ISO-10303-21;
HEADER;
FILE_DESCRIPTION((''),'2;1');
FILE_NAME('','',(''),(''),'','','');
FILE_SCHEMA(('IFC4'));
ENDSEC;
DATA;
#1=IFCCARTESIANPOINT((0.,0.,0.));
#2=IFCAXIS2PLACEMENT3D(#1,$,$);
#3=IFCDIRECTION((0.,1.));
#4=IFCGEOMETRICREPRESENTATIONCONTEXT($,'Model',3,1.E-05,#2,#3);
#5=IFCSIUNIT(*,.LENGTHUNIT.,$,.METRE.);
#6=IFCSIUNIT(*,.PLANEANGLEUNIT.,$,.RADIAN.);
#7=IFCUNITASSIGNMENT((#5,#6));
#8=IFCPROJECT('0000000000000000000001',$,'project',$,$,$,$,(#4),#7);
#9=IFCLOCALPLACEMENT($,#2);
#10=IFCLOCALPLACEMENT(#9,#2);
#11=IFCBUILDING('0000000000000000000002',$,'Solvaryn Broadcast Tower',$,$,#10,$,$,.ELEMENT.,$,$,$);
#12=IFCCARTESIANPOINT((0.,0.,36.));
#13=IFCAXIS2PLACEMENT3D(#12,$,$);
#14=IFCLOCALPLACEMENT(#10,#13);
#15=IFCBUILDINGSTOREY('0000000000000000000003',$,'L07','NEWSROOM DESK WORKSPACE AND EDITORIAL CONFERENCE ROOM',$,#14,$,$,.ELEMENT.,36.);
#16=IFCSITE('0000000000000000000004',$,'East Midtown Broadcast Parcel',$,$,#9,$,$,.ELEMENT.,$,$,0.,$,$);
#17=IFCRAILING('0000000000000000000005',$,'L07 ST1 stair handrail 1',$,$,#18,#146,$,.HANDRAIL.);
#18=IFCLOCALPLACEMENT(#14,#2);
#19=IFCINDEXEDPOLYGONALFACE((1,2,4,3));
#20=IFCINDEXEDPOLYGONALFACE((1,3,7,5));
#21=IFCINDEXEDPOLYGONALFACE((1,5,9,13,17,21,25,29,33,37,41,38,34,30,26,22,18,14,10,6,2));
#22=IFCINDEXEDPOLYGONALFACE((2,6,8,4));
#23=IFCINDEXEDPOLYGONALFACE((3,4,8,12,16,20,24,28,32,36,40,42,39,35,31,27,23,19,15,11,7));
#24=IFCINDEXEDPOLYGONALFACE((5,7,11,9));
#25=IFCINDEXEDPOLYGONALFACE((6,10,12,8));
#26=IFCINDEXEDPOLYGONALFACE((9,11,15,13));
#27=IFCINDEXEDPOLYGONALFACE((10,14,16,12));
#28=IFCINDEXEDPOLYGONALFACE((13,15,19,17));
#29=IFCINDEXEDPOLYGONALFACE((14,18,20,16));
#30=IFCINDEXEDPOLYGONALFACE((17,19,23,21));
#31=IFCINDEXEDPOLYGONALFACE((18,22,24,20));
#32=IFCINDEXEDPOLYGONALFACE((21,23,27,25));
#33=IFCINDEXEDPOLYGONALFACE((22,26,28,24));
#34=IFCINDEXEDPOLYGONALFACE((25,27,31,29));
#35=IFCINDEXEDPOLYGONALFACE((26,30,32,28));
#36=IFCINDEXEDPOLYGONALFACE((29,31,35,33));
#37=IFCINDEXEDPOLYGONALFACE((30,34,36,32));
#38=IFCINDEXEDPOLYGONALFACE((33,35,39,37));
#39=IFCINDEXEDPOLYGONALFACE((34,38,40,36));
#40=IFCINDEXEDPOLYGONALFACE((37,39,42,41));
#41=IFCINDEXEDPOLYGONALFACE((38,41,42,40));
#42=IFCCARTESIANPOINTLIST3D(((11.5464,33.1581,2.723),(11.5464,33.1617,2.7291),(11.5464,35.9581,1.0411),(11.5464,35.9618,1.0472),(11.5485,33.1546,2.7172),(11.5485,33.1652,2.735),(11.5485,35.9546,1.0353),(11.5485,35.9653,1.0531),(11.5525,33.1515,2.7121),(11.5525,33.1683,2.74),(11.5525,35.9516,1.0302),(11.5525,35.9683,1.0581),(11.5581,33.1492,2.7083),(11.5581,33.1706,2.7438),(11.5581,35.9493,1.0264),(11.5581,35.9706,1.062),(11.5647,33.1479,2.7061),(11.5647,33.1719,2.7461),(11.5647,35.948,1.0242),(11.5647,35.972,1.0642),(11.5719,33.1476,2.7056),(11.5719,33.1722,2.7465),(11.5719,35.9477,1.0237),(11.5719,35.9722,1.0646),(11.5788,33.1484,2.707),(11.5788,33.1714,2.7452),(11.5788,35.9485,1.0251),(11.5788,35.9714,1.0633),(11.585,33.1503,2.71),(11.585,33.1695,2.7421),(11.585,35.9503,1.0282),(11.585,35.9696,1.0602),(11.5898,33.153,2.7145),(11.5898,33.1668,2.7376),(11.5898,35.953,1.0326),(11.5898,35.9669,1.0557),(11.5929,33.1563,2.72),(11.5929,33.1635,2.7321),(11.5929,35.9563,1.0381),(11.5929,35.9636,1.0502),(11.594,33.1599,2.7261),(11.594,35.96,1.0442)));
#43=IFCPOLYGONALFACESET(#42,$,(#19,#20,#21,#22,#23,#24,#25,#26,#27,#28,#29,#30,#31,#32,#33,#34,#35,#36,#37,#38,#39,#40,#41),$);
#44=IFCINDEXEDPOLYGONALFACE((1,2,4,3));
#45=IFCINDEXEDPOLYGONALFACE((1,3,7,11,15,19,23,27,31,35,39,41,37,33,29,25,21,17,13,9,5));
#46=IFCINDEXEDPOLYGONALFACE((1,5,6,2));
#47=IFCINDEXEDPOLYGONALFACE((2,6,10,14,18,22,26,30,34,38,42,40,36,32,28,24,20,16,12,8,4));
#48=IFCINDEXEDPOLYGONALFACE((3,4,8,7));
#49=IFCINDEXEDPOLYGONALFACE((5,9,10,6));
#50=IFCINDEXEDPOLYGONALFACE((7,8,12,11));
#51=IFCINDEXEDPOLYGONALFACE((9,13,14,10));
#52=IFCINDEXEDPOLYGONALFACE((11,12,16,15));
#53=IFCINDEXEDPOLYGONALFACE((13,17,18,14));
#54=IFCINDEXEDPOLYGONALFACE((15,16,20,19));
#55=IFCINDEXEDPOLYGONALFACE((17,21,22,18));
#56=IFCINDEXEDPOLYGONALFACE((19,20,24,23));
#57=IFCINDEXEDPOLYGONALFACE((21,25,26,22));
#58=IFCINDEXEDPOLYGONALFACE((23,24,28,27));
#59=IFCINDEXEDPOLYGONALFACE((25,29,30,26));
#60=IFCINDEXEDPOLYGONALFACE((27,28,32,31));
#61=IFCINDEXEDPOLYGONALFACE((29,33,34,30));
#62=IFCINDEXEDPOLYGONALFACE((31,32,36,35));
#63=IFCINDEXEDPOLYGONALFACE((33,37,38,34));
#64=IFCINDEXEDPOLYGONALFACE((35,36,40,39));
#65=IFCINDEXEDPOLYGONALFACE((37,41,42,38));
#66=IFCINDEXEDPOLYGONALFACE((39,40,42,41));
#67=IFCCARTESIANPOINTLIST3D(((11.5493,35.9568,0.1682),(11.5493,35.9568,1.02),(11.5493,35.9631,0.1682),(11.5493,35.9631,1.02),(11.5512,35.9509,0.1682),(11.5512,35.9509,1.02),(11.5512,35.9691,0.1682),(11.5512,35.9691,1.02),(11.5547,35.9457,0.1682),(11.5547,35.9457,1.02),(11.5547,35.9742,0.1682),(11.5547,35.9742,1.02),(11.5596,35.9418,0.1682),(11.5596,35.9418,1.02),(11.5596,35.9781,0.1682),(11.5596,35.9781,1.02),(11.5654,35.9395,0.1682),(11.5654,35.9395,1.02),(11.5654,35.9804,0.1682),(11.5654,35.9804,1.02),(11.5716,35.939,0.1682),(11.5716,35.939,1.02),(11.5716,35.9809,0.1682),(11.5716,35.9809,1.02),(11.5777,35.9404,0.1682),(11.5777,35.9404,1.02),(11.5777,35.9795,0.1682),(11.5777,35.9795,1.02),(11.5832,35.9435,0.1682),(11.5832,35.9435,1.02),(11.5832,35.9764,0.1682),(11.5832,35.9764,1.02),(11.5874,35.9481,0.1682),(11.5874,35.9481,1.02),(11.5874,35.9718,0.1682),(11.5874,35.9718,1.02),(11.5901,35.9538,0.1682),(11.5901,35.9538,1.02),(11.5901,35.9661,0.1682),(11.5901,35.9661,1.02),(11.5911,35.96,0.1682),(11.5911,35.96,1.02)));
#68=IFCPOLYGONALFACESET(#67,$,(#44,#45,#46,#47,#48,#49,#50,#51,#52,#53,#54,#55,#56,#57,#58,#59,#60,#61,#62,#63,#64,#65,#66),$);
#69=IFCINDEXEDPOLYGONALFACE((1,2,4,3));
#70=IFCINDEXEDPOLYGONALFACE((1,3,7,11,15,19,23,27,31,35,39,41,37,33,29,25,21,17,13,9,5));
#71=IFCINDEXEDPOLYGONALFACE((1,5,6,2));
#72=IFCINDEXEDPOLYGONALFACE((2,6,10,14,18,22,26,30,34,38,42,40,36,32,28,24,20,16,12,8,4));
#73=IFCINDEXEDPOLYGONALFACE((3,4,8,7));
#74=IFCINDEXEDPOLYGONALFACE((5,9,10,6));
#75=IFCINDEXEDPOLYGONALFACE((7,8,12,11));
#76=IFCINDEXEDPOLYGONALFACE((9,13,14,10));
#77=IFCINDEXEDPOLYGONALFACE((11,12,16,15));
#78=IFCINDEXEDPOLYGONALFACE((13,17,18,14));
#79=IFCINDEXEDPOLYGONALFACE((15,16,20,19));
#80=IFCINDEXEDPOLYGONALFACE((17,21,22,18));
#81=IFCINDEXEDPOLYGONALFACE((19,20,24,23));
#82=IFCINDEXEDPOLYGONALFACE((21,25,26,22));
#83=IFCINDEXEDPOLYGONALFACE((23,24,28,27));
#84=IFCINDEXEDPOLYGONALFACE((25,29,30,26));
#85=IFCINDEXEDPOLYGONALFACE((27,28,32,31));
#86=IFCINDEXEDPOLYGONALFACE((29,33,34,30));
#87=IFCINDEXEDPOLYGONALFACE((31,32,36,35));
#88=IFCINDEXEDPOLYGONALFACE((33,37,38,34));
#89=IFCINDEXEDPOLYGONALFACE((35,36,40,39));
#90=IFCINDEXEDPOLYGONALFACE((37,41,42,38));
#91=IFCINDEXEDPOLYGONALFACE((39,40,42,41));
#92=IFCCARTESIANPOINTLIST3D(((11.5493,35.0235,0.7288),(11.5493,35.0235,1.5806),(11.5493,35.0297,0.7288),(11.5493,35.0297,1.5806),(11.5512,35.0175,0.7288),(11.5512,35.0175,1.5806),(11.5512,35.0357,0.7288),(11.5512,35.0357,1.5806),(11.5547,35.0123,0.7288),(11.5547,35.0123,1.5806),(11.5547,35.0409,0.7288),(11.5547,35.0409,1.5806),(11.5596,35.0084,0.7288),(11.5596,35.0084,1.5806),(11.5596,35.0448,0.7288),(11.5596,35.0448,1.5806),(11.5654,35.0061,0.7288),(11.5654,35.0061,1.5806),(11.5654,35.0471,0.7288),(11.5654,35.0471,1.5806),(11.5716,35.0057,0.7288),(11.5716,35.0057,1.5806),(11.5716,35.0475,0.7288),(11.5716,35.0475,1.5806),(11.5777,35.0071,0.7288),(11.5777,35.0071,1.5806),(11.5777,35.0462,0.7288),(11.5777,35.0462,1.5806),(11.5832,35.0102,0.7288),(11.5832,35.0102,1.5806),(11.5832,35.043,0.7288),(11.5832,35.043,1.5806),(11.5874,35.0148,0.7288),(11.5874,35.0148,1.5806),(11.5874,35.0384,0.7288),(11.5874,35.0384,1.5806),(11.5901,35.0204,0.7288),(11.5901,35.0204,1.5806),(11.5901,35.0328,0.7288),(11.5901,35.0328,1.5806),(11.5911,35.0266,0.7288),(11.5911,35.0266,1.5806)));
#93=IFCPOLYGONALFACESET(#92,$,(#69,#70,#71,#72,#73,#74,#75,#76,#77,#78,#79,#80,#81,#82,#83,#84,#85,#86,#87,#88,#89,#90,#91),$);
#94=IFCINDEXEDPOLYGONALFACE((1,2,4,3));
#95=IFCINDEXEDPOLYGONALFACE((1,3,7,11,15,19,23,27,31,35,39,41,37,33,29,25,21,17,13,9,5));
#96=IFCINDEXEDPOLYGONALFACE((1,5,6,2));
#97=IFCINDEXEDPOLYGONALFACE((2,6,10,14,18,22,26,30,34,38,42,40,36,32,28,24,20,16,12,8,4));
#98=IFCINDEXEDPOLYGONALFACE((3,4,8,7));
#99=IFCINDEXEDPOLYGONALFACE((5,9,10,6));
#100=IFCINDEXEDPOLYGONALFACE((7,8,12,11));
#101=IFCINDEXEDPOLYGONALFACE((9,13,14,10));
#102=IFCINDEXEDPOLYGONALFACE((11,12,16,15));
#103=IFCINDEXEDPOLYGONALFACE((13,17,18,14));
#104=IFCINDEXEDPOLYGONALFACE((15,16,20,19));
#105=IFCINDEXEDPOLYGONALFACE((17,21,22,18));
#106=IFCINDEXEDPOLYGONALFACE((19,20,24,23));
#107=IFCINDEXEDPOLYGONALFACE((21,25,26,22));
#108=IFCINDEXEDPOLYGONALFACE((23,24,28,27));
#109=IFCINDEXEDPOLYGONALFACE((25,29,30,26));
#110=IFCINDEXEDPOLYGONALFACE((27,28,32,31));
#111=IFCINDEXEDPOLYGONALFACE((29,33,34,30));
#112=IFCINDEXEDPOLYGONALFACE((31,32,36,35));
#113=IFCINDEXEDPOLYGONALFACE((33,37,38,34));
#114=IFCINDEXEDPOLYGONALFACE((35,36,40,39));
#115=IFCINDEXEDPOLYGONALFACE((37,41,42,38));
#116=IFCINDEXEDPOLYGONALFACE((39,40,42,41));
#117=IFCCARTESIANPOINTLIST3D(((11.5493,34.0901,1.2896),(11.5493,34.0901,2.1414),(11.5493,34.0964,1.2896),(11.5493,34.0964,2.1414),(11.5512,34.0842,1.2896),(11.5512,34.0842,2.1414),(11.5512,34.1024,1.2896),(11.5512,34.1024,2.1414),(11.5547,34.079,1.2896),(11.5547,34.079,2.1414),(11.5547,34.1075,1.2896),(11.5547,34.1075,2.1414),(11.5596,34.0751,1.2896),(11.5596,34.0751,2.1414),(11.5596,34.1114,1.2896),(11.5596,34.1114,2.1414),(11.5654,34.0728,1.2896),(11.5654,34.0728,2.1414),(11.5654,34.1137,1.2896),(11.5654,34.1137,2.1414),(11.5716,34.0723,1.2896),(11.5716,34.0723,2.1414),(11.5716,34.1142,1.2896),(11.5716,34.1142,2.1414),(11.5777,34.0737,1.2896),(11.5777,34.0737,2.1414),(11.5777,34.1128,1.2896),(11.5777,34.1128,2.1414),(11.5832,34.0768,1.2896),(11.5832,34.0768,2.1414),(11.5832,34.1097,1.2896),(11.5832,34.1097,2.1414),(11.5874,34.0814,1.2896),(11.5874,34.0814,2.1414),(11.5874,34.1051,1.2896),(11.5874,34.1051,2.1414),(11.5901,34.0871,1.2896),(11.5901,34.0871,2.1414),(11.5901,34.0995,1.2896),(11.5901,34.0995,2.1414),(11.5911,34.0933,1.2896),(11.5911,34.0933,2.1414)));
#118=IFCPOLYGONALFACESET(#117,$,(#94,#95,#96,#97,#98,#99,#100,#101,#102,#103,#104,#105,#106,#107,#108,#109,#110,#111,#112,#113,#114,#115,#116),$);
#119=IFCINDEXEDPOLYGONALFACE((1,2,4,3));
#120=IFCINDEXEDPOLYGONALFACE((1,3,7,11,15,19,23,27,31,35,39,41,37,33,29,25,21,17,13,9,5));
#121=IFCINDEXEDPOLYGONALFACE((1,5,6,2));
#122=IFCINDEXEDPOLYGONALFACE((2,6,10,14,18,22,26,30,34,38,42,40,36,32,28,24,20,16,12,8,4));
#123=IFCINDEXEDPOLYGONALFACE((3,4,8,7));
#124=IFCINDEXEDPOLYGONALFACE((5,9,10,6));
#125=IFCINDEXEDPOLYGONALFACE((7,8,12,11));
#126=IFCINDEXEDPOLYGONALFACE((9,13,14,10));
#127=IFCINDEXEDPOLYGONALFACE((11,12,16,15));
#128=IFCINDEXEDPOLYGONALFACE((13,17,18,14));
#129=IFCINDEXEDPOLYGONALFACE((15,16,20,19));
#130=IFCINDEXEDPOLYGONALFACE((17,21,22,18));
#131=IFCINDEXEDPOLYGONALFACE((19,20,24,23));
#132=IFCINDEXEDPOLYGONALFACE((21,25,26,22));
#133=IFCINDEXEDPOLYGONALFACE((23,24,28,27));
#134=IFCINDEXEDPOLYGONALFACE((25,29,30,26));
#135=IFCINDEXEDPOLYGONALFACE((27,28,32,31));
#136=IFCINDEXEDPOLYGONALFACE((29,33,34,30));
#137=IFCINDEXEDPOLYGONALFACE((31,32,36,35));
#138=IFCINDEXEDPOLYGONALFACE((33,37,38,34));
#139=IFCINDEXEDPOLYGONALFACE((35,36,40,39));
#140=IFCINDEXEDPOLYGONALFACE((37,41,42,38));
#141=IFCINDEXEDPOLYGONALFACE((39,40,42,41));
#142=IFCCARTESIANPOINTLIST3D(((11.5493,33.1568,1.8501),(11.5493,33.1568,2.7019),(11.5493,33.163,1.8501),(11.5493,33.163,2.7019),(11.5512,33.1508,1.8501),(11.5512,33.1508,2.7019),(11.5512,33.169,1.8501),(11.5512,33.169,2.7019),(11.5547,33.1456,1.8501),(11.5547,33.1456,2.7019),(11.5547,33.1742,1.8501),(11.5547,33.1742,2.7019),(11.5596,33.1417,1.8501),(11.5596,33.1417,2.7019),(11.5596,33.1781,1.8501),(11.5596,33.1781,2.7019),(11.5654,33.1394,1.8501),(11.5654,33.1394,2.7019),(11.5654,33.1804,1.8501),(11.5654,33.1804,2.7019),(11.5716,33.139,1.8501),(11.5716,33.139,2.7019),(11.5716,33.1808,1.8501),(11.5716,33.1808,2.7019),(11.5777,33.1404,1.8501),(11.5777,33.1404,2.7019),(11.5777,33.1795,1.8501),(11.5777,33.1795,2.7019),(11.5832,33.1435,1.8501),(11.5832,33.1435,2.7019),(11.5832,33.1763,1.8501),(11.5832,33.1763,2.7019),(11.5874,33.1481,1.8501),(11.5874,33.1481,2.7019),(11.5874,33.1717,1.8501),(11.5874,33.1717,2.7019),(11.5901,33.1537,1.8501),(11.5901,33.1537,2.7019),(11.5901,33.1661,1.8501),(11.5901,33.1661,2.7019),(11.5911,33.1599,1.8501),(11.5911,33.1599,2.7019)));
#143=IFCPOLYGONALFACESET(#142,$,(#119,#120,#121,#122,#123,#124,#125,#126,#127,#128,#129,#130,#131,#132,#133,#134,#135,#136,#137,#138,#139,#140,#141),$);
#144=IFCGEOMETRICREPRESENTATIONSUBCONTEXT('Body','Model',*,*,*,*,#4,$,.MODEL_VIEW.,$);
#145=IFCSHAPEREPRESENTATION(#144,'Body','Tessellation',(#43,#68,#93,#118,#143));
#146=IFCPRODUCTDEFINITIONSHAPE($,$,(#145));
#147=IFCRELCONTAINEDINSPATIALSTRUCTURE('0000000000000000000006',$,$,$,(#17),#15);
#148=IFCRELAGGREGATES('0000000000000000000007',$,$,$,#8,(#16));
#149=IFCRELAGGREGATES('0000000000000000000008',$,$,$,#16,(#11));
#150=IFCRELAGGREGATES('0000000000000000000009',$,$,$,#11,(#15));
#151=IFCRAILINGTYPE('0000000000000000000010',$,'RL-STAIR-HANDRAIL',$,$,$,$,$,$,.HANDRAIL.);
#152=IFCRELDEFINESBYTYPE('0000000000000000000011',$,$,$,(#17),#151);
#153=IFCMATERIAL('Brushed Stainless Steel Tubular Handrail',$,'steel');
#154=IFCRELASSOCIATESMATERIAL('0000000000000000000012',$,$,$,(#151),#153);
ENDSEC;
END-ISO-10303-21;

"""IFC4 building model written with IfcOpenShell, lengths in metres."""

from ifc_helpers import new_model, si_unit, direction, frame, origin, origin_2d, place, context, subcontext, project, spatial, circle, extrude, material, type_object, element, save


model = new_model("IFC4")

# Units and contexts
model_context = context("Model", 3, precision=1e-05, world=origin(), true_north=direction((0.0, 1.0)))
body_context = subcontext(model_context, "Body", "Model", "MODEL_VIEW")
ifc_project = project(units=[si_unit("LENGTHUNIT", "METRE"), si_unit("PLANEANGLEUNIT", "RADIAN")], contexts=[model_context])

# Site, building, storey
site_placement = place(None, origin())
site = spatial("IfcSite", under=ifc_project, at=site_placement, Name="East Midtown Broadcast Parcel", CompositionType="ELEMENT", RefElevation=0.0)
building_placement = place(site_placement, origin())
building = spatial("IfcBuilding", under=site, at=building_placement, Name="Solvaryn Broadcast Tower", CompositionType="ELEMENT")
storey_placement = place(building_placement, frame((0.0, 0.0, 36.0)))
storey = spatial("IfcBuildingStorey", under=building, at=storey_placement, Name="L07", Description="NEWSROOM DESK WORKSPACE AND EDITORIAL CONFERENCE ROOM", CompositionType="ELEMENT", Elevation=36.0)

# Railing
ifc_material_1 = material(Name="Brushed Stainless Steel Tubular Handrail", Category="steel")
railing_type_1 = type_object("IfcRailingType", Name="RL-STAIR-HANDRAIL", PredefinedType="HANDRAIL", material=ifc_material_1)
railing_1_placement = place(storey_placement, frame((11.5701, 35.96, 0.1682)))
element("IfcRailing", 1, at=railing_1_placement, inside=storey, type_object=railing_type_1, Name="L07 ST1 stair handrail 1", PredefinedType="HANDRAIL", context=body_context, shape_type="SweptSolid", body=[
    extrude(circle(Radius=0.0239, at=origin_2d()), frame((0.0, 0.0, 0.876), z_axis=(0.0, -0.857242, 0.514913), x_axis=(1.0, 0.0, 0.0)), (0.0, 0.0, 1.0), 3.2664),
    extrude(circle(Radius=0.021, at=origin_2d()), origin(), (0.0, 0.0, 1.0), 0.8518),
    extrude(circle(Radius=0.021, at=origin_2d()), frame((0.0, -0.9333, 0.5605)), (0.0, 0.0, 1.0), 0.8518),
    extrude(circle(Radius=0.021, at=origin_2d()), frame((0.0, -1.8667, 1.1213)), (0.0, 0.0, 1.0), 0.8518),
    extrude(circle(Radius=0.021, at=origin_2d()), frame((0.0, -2.8, 1.6819)), (0.0, 0.0, 1.0), 0.8518),
])

save(model, "model.ifc")
